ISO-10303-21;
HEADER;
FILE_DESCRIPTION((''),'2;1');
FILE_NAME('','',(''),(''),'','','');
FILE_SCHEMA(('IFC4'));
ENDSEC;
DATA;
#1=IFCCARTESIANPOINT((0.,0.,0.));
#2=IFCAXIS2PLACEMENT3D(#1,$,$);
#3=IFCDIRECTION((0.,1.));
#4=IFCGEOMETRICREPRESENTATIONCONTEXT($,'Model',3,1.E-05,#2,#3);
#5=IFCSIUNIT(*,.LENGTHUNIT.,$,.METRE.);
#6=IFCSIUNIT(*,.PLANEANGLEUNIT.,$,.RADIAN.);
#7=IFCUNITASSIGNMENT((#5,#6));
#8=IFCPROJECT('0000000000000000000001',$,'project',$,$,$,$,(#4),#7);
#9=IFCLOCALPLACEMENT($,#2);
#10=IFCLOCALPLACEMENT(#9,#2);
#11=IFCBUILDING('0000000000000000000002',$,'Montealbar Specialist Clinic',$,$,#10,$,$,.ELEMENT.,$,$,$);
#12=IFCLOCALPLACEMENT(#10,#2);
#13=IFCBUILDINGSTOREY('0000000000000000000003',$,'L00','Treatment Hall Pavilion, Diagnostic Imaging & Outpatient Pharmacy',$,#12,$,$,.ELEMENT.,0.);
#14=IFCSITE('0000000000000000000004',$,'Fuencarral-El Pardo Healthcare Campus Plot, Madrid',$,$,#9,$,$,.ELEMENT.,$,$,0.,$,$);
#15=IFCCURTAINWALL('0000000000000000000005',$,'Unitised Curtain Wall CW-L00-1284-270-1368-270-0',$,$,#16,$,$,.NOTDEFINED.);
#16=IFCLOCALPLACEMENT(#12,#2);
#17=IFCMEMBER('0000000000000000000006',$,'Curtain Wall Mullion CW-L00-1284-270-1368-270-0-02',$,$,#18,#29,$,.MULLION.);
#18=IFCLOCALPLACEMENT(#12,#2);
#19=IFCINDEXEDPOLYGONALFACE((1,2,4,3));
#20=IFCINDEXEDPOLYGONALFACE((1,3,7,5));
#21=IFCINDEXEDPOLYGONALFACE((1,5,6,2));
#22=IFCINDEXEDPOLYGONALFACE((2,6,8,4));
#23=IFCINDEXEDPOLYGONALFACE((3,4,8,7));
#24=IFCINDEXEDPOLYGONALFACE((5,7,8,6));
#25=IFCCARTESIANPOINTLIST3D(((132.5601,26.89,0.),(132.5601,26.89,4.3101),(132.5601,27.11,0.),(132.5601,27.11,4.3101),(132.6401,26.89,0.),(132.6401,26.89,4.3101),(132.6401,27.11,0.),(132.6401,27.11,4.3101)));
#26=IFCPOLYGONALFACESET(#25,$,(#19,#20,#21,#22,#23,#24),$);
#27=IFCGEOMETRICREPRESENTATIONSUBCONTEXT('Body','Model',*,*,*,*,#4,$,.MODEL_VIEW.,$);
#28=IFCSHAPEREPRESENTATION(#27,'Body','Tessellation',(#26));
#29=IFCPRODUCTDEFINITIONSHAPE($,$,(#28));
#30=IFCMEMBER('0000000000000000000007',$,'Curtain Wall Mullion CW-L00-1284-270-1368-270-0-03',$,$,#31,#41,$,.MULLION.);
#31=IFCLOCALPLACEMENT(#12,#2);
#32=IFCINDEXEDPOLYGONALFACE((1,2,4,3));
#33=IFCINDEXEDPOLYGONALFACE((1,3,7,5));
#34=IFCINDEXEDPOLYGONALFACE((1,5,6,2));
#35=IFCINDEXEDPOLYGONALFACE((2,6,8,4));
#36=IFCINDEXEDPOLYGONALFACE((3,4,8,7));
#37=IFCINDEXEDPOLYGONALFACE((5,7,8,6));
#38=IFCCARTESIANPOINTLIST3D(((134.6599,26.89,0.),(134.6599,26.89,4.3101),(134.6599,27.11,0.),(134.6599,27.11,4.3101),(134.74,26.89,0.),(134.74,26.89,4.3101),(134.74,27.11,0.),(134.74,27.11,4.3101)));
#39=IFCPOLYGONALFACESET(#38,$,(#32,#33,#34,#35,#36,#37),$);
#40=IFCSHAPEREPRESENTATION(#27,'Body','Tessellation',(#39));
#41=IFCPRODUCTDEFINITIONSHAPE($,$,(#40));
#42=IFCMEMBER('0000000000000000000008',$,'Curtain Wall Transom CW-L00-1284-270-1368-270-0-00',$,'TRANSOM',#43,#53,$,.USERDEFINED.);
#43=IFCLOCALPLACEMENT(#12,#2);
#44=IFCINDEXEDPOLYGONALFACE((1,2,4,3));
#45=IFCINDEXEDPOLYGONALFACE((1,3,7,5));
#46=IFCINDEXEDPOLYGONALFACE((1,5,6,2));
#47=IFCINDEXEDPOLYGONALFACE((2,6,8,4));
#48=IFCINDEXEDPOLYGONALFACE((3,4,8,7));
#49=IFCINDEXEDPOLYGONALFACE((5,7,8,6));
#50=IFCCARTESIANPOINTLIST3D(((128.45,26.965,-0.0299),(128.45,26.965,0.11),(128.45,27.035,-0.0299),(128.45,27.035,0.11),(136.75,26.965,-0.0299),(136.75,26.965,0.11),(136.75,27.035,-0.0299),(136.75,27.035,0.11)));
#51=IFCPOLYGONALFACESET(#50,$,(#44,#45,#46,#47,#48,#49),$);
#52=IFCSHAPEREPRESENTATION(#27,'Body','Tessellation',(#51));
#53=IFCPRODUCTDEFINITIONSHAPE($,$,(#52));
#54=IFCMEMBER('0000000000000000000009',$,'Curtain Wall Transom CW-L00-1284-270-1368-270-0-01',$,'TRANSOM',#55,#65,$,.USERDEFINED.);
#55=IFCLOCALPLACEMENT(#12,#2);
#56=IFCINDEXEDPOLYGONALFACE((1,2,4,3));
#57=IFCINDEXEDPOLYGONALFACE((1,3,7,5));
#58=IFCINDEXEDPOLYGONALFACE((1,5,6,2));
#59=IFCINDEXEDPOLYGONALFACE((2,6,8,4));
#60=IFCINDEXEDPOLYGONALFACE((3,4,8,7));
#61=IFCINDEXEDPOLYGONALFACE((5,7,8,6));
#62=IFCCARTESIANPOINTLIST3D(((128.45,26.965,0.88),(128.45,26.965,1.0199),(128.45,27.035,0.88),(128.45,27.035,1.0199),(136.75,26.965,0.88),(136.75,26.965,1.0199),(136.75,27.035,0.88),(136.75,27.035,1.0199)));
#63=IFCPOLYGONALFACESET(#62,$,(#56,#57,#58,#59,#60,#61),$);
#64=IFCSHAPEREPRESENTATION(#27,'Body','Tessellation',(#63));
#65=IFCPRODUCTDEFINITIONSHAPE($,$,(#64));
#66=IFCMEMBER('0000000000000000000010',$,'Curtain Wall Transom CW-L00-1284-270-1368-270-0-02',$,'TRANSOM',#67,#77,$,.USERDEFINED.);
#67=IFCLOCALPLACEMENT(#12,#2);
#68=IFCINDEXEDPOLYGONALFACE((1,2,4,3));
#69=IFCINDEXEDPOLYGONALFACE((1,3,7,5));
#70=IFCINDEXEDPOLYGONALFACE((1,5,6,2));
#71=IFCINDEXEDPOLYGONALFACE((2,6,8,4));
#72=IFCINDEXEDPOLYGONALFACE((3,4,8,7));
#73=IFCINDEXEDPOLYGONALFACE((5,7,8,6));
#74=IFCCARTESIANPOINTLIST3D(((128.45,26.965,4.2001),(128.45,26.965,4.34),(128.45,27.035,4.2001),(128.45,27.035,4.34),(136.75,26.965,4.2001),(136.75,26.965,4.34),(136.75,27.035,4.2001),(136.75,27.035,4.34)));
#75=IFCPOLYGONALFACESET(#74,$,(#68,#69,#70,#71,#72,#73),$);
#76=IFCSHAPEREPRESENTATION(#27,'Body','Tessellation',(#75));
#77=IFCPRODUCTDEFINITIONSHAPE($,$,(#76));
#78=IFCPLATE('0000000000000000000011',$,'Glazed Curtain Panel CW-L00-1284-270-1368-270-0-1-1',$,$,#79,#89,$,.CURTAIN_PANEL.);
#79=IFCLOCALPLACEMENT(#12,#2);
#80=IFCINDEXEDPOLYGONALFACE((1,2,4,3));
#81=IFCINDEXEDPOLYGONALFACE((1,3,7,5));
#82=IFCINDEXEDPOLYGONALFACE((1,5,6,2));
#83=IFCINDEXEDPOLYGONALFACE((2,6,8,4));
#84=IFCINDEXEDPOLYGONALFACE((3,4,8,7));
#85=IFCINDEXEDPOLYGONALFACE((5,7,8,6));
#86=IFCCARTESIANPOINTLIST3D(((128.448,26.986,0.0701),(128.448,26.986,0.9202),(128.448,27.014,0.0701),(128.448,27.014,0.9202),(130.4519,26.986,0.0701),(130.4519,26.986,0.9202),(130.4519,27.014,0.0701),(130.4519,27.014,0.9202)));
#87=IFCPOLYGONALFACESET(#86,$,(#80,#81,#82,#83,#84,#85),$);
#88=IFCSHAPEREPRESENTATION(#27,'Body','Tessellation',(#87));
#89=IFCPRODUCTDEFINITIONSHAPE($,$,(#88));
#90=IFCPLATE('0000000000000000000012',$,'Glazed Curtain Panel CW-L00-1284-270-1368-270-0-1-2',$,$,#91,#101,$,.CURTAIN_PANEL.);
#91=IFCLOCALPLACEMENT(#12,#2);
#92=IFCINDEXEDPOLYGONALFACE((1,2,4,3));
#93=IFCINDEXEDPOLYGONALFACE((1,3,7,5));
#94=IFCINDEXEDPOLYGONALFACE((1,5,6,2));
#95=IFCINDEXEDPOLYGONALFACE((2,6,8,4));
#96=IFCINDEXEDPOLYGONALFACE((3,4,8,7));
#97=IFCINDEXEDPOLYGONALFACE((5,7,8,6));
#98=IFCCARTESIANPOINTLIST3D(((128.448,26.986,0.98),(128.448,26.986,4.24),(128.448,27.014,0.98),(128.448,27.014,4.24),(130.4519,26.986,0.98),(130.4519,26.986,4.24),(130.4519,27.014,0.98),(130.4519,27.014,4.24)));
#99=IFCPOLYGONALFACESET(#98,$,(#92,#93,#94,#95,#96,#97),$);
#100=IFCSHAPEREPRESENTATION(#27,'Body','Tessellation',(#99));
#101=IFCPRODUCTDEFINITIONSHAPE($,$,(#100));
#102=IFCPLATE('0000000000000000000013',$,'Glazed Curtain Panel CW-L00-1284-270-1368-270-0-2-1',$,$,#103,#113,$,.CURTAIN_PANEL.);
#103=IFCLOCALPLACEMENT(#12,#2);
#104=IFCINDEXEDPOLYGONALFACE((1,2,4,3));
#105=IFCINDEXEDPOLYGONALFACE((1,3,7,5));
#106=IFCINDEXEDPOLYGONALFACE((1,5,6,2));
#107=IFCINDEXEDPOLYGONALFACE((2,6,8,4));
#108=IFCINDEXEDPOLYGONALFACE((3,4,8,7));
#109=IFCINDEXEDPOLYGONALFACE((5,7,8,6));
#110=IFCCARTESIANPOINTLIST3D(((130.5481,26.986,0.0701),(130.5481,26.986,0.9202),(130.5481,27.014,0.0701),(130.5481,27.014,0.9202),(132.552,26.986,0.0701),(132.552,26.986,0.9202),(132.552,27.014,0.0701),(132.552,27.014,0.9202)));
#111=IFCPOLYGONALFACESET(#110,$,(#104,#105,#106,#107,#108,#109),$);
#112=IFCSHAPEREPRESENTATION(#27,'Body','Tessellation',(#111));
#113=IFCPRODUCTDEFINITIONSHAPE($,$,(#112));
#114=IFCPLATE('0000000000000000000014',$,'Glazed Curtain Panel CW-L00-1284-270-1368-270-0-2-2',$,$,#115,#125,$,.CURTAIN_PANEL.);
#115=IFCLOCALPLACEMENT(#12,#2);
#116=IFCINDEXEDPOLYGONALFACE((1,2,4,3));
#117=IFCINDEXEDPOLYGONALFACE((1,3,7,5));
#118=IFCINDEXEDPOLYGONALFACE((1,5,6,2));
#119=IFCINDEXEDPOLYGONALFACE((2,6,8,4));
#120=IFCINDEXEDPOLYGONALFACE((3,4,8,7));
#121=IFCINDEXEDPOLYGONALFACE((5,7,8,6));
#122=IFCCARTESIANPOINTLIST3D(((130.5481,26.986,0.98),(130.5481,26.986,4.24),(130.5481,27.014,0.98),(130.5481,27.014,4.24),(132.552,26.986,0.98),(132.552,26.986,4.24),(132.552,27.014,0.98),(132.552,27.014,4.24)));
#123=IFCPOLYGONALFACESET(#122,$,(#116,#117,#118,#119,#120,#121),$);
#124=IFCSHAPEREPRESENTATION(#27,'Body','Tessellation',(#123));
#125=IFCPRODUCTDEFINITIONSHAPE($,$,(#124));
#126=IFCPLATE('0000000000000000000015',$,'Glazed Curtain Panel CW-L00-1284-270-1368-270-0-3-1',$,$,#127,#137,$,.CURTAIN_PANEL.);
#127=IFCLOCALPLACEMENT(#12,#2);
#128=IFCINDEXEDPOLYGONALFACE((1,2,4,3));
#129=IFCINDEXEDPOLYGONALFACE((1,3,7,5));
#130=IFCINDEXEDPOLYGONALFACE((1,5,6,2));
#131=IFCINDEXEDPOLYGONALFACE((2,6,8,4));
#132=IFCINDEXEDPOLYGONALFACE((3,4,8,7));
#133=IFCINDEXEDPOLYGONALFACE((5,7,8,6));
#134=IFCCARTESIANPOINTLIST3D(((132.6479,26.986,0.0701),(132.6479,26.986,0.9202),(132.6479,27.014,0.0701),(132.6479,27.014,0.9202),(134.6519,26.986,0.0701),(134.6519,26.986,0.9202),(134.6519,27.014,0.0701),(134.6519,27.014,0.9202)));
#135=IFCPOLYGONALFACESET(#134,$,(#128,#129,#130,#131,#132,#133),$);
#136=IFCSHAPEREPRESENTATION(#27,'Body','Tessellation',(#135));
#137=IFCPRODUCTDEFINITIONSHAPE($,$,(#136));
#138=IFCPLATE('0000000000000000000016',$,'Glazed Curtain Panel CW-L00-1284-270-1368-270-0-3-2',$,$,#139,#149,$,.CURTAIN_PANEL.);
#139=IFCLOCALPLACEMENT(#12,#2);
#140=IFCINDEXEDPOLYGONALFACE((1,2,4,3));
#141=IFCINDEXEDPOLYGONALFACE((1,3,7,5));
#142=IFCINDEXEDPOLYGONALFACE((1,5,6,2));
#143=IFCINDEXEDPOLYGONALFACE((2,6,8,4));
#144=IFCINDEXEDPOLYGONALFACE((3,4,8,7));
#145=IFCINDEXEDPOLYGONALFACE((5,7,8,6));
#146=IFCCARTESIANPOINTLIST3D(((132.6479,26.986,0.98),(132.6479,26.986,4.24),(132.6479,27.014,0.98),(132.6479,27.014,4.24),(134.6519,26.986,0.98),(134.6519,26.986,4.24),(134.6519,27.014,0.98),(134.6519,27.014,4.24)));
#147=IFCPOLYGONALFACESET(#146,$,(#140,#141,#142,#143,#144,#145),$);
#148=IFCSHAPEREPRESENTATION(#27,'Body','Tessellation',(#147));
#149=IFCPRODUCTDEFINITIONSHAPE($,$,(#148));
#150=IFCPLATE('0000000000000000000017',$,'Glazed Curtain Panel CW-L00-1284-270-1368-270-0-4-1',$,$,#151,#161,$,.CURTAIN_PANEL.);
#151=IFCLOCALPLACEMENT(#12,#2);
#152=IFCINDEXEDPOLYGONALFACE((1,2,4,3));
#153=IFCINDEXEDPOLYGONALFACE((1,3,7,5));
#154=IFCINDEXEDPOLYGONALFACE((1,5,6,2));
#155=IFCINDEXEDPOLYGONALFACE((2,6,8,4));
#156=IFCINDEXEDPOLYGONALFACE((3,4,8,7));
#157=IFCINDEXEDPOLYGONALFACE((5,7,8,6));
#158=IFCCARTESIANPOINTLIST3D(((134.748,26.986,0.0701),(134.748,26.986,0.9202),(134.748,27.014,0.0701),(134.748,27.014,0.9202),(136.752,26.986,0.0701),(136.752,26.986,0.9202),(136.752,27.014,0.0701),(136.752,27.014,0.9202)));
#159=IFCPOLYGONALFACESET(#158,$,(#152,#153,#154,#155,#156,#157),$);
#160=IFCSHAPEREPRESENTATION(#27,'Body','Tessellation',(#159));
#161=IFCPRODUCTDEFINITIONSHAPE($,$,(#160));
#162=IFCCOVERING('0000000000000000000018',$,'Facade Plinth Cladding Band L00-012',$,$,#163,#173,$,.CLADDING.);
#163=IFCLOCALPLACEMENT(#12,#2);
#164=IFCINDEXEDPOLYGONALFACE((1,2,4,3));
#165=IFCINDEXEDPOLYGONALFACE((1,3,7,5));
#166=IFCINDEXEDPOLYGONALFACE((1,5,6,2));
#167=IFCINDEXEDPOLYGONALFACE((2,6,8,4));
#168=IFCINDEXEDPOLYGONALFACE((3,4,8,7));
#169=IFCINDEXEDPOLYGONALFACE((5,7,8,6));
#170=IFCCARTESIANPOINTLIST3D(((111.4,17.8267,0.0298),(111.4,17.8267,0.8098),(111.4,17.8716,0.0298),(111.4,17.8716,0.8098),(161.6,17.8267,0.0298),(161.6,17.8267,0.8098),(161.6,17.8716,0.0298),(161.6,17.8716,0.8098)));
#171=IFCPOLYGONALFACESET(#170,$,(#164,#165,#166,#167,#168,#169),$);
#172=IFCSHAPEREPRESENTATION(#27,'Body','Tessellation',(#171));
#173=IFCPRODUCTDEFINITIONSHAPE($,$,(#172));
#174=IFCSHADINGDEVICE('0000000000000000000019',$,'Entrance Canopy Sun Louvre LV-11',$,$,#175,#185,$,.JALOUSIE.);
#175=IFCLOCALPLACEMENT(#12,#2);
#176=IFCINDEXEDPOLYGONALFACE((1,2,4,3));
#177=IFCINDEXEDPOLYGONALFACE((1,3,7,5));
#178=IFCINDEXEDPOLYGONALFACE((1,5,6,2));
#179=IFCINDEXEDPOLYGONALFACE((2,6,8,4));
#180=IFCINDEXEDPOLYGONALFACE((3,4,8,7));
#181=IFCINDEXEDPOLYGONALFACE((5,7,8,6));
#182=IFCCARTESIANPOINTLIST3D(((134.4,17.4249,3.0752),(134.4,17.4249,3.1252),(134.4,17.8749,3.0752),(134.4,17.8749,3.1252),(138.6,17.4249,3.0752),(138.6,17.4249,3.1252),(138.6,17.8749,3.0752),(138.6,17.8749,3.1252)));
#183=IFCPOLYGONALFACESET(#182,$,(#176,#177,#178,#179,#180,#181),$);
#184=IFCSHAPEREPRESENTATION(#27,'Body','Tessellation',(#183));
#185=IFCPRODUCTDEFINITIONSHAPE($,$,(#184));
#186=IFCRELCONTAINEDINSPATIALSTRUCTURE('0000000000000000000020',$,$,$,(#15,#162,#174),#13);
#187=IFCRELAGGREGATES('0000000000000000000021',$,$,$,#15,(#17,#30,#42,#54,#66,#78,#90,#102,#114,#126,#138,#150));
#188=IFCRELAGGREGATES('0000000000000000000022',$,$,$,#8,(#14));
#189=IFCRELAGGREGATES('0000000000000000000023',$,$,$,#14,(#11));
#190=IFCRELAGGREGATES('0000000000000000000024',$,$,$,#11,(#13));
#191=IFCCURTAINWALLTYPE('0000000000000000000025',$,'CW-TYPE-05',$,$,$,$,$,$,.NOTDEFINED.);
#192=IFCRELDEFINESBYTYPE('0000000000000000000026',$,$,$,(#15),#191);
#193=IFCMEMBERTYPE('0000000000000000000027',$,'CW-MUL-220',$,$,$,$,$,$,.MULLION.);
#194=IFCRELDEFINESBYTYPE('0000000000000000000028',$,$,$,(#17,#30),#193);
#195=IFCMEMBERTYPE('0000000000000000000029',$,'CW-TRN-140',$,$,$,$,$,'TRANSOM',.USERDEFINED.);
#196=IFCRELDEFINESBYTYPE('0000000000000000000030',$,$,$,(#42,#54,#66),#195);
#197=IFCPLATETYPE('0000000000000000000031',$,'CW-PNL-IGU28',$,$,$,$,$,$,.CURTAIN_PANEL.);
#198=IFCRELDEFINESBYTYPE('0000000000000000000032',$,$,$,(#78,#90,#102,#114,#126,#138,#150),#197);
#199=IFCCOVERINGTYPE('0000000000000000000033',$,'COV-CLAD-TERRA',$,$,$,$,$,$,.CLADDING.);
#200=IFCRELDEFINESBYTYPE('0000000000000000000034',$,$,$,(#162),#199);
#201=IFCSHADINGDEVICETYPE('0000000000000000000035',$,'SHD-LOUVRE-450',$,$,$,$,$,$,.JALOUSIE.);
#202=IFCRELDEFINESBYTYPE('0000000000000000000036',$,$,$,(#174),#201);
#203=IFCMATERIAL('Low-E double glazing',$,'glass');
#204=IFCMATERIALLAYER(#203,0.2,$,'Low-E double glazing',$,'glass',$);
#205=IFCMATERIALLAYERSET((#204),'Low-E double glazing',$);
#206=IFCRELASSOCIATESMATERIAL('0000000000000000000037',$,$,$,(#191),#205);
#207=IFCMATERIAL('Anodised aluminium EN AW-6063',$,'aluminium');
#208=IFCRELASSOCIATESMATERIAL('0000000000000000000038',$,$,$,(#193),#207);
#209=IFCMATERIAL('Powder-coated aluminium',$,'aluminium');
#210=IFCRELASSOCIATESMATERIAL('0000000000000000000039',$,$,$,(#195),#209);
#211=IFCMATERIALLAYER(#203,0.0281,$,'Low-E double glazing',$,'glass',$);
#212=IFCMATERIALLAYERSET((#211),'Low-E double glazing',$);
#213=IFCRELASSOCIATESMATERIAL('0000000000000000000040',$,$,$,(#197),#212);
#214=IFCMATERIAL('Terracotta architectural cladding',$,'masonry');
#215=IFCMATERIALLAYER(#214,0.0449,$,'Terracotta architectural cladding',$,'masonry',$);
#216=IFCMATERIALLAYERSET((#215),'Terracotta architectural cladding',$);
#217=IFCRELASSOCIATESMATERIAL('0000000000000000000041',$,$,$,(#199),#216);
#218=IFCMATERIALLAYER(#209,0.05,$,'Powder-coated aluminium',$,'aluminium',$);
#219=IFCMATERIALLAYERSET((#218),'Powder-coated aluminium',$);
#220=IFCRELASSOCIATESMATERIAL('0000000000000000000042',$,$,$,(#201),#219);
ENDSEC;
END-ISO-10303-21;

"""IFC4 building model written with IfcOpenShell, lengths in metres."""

from ifc_helpers import new_model, si_unit, direction, frame, origin, origin_2d, place, context, subcontext, project, spatial, rectangle, extrude, material, layer, layer_set, material_profile, profile_set, type_object, element, aggregate, save


model = new_model("IFC4")

# Units and contexts
model_context = context("Model", 3, precision=1e-05, world=origin(), true_north=direction((0.0, 1.0)))
body_context = subcontext(model_context, "Body", "Model", "MODEL_VIEW")
ifc_project = project(units=[si_unit("LENGTHUNIT", "METRE"), si_unit("PLANEANGLEUNIT", "RADIAN")], contexts=[model_context])

# Site, building, storey
site_placement = place(None, origin())
site = spatial("IfcSite", under=ifc_project, at=site_placement, Name="Fuencarral-El Pardo Healthcare Campus Plot, Madrid", CompositionType="ELEMENT", RefElevation=0.0)
building_placement = place(site_placement, origin())
building = spatial("IfcBuilding", under=site, at=building_placement, Name="Montealbar Specialist Clinic", CompositionType="ELEMENT")
storey_placement = place(building_placement, origin())
storey = spatial("IfcBuildingStorey", under=building, at=storey_placement, Name="L00", Description="Treatment Hall Pavilion, Diagnostic Imaging & Outpatient Pharmacy", CompositionType="ELEMENT", Elevation=0.0)

# Curtain wall, members, plates
ifc_material_1 = material(Name="Low-E double glazing", Category="glass")
ifc_layer_1 = layer(ifc_material_1, 0.2, Name="Low-E double glazing", Category="glass")
ifc_layer_set_1 = layer_set([ifc_layer_1], Name="Low-E double glazing")
curtain_wall_type = type_object("IfcCurtainWallType", Name="CW-TYPE-05", PredefinedType="NOTDEFINED", material=ifc_layer_set_1)
curtain_wall_placement = place(storey_placement, origin())
curtain_wall = element("IfcCurtainWall", 1, at=curtain_wall_placement, inside=storey, type_object=curtain_wall_type, Name="Unitised Curtain Wall CW-L00-1284-270-1368-270-0", PredefinedType="NOTDEFINED")
ifc_material_2 = material(Name="Anodised aluminium EN AW-6063", Category="aluminium")
ifc_material_profile_1 = material_profile(ifc_material_2, rectangle(XDim=0.0801, YDim=0.22, at=origin_2d()), Name="ALU 80x220", Category="aluminium")
ifc_profile_set_1 = profile_set([ifc_material_profile_1], Name="Anodised aluminium EN AW-6063")
member_type_1 = type_object("IfcMemberType", Name="CW-MUL-220", PredefinedType="MULLION", material=ifc_profile_set_1)
member_1_placement = place(storey_placement, frame((132.6001, 27.0, 0.0), z_axis=(0.0, 0.0, 1.0), x_axis=(1.0, 0.0, 0.0)))
member_1 = element("IfcMember", 2, at=member_1_placement, type_object=member_type_1, Name="Curtain Wall Mullion CW-L00-1284-270-1368-270-0-02", PredefinedType="MULLION", context=body_context, shape_type="SweptSolid", body=[
    extrude(rectangle(XDim=0.0801, YDim=0.22, at=origin_2d()), origin(), (0.0, 0.0, 1.0), 4.3101),
])
member_2_placement = place(storey_placement, frame((134.7, 27.0, 0.0), z_axis=(0.0, 0.0, 1.0), x_axis=(1.0, 0.0, 0.0)))
member_2 = element("IfcMember", 3, at=member_2_placement, type_object=member_type_1, Name="Curtain Wall Mullion CW-L00-1284-270-1368-270-0-03", PredefinedType="MULLION", context=body_context, shape_type="SweptSolid", body=[
    extrude(rectangle(XDim=0.0801, YDim=0.22, at=origin_2d()), origin(), (0.0, 0.0, 1.0), 4.3101),
])
ifc_material_3 = material(Name="Powder-coated aluminium", Category="aluminium")
ifc_material_profile_2 = material_profile(ifc_material_3, rectangle(XDim=0.0701, YDim=0.1399, at=origin_2d()), Name="ALU 70x140", Category="aluminium")
ifc_profile_set_2 = profile_set([ifc_material_profile_2], Name="Powder-coated aluminium")
member_type_2 = type_object("IfcMemberType", Name="CW-TRN-140", ElementType="TRANSOM", PredefinedType="USERDEFINED", material=ifc_profile_set_2)
member_3_placement = place(storey_placement, frame((128.45, 27.0, 0.04), z_axis=(1.0, 0.0, 0.0), x_axis=(0.0, 1.0, 0.0)))
member_3 = element("IfcMember", 4, at=member_3_placement, type_object=member_type_2, Name="Curtain Wall Transom CW-L00-1284-270-1368-270-0-00", ObjectType="TRANSOM", PredefinedType="USERDEFINED", context=body_context, shape_type="SweptSolid", body=[
    extrude(rectangle(XDim=0.0701, YDim=0.1399, at=origin_2d()), origin(), (0.0, 0.0, 1.0), 8.3),
])
member_4_placement = place(storey_placement, frame((128.45, 27.0, 0.95), z_axis=(1.0, 0.0, 0.0), x_axis=(0.0, 1.0, 0.0)))
member_4 = element("IfcMember", 5, at=member_4_placement, type_object=member_type_2, Name="Curtain Wall Transom CW-L00-1284-270-1368-270-0-01", ObjectType="TRANSOM", PredefinedType="USERDEFINED", context=body_context, shape_type="SweptSolid", body=[
    extrude(rectangle(XDim=0.0701, YDim=0.1399, at=origin_2d()), origin(), (0.0, 0.0, 1.0), 8.3),
])
member_5_placement = place(storey_placement, frame((128.45, 27.0, 4.27), z_axis=(1.0, 0.0, 0.0), x_axis=(0.0, 1.0, 0.0)))
member_5 = element("IfcMember", 6, at=member_5_placement, type_object=member_type_2, Name="Curtain Wall Transom CW-L00-1284-270-1368-270-0-02", ObjectType="TRANSOM", PredefinedType="USERDEFINED", context=body_context, shape_type="SweptSolid", body=[
    extrude(rectangle(XDim=0.0701, YDim=0.1399, at=origin_2d()), origin(), (0.0, 0.0, 1.0), 8.3),
])
ifc_layer_2 = layer(ifc_material_1, 0.0281, Name="Low-E double glazing", Category="glass")
ifc_layer_set_2 = layer_set([ifc_layer_2], Name="Low-E double glazing")
plate_type = type_object("IfcPlateType", Name="CW-PNL-IGU28", PredefinedType="CURTAIN_PANEL", material=ifc_layer_set_2)
plate_1_placement = place(storey_placement, frame((129.45, 27.0, 0.0701), z_axis=(0.0, 0.0, 1.0), x_axis=(1.0, 0.0, 0.0)))
plate_1 = element("IfcPlate", 7, at=plate_1_placement, type_object=plate_type, Name="Glazed Curtain Panel CW-L00-1284-270-1368-270-0-1-1", PredefinedType="CURTAIN_PANEL", context=body_context, shape_type="SweptSolid", body=[
    extrude(rectangle(XDim=2.0039, YDim=0.0281, at=origin_2d()), origin(), (0.0, 0.0, 1.0), 0.8501),
])
plate_2_placement = place(storey_placement, frame((129.45, 27.0, 0.98), z_axis=(0.0, 0.0, 1.0), x_axis=(1.0, 0.0, 0.0)))
plate_2 = element("IfcPlate", 8, at=plate_2_placement, type_object=plate_type, Name="Glazed Curtain Panel CW-L00-1284-270-1368-270-0-1-2", PredefinedType="CURTAIN_PANEL", context=body_context, shape_type="SweptSolid", body=[
    extrude(rectangle(XDim=2.0039, YDim=0.0281, at=origin_2d()), origin(), (0.0, 0.0, 1.0), 3.26),
])
plate_3_placement = place(storey_placement, frame((131.55, 27.0, 0.0701), z_axis=(0.0, 0.0, 1.0), x_axis=(1.0, 0.0, 0.0)))
plate_3 = element("IfcPlate", 9, at=plate_3_placement, type_object=plate_type, Name="Glazed Curtain Panel CW-L00-1284-270-1368-270-0-2-1", PredefinedType="CURTAIN_PANEL", context=body_context, shape_type="SweptSolid", body=[
    extrude(rectangle(XDim=2.0039, YDim=0.0281, at=origin_2d()), origin(), (0.0, 0.0, 1.0), 0.8501),
])
plate_4_placement = place(storey_placement, frame((131.55, 27.0, 0.98), z_axis=(0.0, 0.0, 1.0), x_axis=(1.0, 0.0, 0.0)))
plate_4 = element("IfcPlate", 10, at=plate_4_placement, type_object=plate_type, Name="Glazed Curtain Panel CW-L00-1284-270-1368-270-0-2-2", PredefinedType="CURTAIN_PANEL", context=body_context, shape_type="SweptSolid", body=[
    extrude(rectangle(XDim=2.0039, YDim=0.0281, at=origin_2d()), origin(), (0.0, 0.0, 1.0), 3.26),
])
plate_5_placement = place(storey_placement, frame((133.6499, 27.0, 0.0701), z_axis=(0.0, 0.0, 1.0), x_axis=(1.0, 0.0, 0.0)))
plate_5 = element("IfcPlate", 11, at=plate_5_placement, type_object=plate_type, Name="Glazed Curtain Panel CW-L00-1284-270-1368-270-0-3-1", PredefinedType="CURTAIN_PANEL", context=body_context, shape_type="SweptSolid", body=[
    extrude(rectangle(XDim=2.0039, YDim=0.0281, at=origin_2d()), origin(), (0.0, 0.0, 1.0), 0.8501),
])
plate_6_placement = place(storey_placement, frame((133.6499, 27.0, 0.98), z_axis=(0.0, 0.0, 1.0), x_axis=(1.0, 0.0, 0.0)))
plate_6 = element("IfcPlate", 12, at=plate_6_placement, type_object=plate_type, Name="Glazed Curtain Panel CW-L00-1284-270-1368-270-0-3-2", PredefinedType="CURTAIN_PANEL", context=body_context, shape_type="SweptSolid", body=[
    extrude(rectangle(XDim=2.0039, YDim=0.0281, at=origin_2d()), origin(), (0.0, 0.0, 1.0), 3.26),
])
plate_7_placement = place(storey_placement, frame((135.75, 27.0, 0.0701), z_axis=(0.0, 0.0, 1.0), x_axis=(1.0, 0.0, 0.0)))
plate_7 = element("IfcPlate", 13, at=plate_7_placement, type_object=plate_type, Name="Glazed Curtain Panel CW-L00-1284-270-1368-270-0-4-1", PredefinedType="CURTAIN_PANEL", context=body_context, shape_type="SweptSolid", body=[
    extrude(rectangle(XDim=2.0039, YDim=0.0281, at=origin_2d()), origin(), (0.0, 0.0, 1.0), 0.8501),
])
aggregate(curtain_wall, [member_1, member_2, member_3, member_4, member_5, plate_1, plate_2, plate_3, plate_4, plate_5, plate_6, plate_7])

# Covering
ifc_material_4 = material(Name="Terracotta architectural cladding", Category="masonry")
ifc_layer_3 = layer(ifc_material_4, 0.0449, Name="Terracotta architectural cladding", Category="masonry")
ifc_layer_set_3 = layer_set([ifc_layer_3], Name="Terracotta architectural cladding")
covering_type = type_object("IfcCoveringType", Name="COV-CLAD-TERRA", PredefinedType="CLADDING", material=ifc_layer_set_3)
covering_placement = place(storey_placement, frame((136.5, 17.8491, 0.0298), z_axis=(0.0, 0.0, 1.0), x_axis=(-1.0, 0.0, 0.0)))
element("IfcCovering", 14, at=covering_placement, inside=storey, type_object=covering_type, Name="Facade Plinth Cladding Band L00-012", PredefinedType="CLADDING", context=body_context, shape_type="SweptSolid", body=[
    extrude(rectangle(XDim=50.2, YDim=0.0449, at=origin_2d()), origin(), (0.0, 0.0, 1.0), 0.78),
])

# Shading device
ifc_layer_4 = layer(ifc_material_3, 0.05, Name="Powder-coated aluminium", Category="aluminium")
ifc_layer_set_4 = layer_set([ifc_layer_4], Name="Powder-coated aluminium")
shading_device_type = type_object("IfcShadingDeviceType", Name="SHD-LOUVRE-450", PredefinedType="JALOUSIE", material=ifc_layer_set_4)
for number, where, z_axis, x_axis, name in (
    (15, (136.5, 17.6499, 3.0752), (0.0, 0.0, 1.0), (-1.0, 0.0, 0.0), "Entrance Canopy Sun Louvre LV-11"),
):
    element("IfcShadingDevice", number, at=place(storey_placement, frame(where, z_axis=z_axis, x_axis=x_axis)), inside=storey, type_object=shading_device_type, Name=name, PredefinedType="JALOUSIE", context=body_context, shape_type="SweptSolid", body=[
        extrude(rectangle(XDim=4.2, YDim=0.45, at=origin_2d()), origin(), (0.0, 0.0, 1.0), 0.05),
    ])

save(model, "model.ifc")
